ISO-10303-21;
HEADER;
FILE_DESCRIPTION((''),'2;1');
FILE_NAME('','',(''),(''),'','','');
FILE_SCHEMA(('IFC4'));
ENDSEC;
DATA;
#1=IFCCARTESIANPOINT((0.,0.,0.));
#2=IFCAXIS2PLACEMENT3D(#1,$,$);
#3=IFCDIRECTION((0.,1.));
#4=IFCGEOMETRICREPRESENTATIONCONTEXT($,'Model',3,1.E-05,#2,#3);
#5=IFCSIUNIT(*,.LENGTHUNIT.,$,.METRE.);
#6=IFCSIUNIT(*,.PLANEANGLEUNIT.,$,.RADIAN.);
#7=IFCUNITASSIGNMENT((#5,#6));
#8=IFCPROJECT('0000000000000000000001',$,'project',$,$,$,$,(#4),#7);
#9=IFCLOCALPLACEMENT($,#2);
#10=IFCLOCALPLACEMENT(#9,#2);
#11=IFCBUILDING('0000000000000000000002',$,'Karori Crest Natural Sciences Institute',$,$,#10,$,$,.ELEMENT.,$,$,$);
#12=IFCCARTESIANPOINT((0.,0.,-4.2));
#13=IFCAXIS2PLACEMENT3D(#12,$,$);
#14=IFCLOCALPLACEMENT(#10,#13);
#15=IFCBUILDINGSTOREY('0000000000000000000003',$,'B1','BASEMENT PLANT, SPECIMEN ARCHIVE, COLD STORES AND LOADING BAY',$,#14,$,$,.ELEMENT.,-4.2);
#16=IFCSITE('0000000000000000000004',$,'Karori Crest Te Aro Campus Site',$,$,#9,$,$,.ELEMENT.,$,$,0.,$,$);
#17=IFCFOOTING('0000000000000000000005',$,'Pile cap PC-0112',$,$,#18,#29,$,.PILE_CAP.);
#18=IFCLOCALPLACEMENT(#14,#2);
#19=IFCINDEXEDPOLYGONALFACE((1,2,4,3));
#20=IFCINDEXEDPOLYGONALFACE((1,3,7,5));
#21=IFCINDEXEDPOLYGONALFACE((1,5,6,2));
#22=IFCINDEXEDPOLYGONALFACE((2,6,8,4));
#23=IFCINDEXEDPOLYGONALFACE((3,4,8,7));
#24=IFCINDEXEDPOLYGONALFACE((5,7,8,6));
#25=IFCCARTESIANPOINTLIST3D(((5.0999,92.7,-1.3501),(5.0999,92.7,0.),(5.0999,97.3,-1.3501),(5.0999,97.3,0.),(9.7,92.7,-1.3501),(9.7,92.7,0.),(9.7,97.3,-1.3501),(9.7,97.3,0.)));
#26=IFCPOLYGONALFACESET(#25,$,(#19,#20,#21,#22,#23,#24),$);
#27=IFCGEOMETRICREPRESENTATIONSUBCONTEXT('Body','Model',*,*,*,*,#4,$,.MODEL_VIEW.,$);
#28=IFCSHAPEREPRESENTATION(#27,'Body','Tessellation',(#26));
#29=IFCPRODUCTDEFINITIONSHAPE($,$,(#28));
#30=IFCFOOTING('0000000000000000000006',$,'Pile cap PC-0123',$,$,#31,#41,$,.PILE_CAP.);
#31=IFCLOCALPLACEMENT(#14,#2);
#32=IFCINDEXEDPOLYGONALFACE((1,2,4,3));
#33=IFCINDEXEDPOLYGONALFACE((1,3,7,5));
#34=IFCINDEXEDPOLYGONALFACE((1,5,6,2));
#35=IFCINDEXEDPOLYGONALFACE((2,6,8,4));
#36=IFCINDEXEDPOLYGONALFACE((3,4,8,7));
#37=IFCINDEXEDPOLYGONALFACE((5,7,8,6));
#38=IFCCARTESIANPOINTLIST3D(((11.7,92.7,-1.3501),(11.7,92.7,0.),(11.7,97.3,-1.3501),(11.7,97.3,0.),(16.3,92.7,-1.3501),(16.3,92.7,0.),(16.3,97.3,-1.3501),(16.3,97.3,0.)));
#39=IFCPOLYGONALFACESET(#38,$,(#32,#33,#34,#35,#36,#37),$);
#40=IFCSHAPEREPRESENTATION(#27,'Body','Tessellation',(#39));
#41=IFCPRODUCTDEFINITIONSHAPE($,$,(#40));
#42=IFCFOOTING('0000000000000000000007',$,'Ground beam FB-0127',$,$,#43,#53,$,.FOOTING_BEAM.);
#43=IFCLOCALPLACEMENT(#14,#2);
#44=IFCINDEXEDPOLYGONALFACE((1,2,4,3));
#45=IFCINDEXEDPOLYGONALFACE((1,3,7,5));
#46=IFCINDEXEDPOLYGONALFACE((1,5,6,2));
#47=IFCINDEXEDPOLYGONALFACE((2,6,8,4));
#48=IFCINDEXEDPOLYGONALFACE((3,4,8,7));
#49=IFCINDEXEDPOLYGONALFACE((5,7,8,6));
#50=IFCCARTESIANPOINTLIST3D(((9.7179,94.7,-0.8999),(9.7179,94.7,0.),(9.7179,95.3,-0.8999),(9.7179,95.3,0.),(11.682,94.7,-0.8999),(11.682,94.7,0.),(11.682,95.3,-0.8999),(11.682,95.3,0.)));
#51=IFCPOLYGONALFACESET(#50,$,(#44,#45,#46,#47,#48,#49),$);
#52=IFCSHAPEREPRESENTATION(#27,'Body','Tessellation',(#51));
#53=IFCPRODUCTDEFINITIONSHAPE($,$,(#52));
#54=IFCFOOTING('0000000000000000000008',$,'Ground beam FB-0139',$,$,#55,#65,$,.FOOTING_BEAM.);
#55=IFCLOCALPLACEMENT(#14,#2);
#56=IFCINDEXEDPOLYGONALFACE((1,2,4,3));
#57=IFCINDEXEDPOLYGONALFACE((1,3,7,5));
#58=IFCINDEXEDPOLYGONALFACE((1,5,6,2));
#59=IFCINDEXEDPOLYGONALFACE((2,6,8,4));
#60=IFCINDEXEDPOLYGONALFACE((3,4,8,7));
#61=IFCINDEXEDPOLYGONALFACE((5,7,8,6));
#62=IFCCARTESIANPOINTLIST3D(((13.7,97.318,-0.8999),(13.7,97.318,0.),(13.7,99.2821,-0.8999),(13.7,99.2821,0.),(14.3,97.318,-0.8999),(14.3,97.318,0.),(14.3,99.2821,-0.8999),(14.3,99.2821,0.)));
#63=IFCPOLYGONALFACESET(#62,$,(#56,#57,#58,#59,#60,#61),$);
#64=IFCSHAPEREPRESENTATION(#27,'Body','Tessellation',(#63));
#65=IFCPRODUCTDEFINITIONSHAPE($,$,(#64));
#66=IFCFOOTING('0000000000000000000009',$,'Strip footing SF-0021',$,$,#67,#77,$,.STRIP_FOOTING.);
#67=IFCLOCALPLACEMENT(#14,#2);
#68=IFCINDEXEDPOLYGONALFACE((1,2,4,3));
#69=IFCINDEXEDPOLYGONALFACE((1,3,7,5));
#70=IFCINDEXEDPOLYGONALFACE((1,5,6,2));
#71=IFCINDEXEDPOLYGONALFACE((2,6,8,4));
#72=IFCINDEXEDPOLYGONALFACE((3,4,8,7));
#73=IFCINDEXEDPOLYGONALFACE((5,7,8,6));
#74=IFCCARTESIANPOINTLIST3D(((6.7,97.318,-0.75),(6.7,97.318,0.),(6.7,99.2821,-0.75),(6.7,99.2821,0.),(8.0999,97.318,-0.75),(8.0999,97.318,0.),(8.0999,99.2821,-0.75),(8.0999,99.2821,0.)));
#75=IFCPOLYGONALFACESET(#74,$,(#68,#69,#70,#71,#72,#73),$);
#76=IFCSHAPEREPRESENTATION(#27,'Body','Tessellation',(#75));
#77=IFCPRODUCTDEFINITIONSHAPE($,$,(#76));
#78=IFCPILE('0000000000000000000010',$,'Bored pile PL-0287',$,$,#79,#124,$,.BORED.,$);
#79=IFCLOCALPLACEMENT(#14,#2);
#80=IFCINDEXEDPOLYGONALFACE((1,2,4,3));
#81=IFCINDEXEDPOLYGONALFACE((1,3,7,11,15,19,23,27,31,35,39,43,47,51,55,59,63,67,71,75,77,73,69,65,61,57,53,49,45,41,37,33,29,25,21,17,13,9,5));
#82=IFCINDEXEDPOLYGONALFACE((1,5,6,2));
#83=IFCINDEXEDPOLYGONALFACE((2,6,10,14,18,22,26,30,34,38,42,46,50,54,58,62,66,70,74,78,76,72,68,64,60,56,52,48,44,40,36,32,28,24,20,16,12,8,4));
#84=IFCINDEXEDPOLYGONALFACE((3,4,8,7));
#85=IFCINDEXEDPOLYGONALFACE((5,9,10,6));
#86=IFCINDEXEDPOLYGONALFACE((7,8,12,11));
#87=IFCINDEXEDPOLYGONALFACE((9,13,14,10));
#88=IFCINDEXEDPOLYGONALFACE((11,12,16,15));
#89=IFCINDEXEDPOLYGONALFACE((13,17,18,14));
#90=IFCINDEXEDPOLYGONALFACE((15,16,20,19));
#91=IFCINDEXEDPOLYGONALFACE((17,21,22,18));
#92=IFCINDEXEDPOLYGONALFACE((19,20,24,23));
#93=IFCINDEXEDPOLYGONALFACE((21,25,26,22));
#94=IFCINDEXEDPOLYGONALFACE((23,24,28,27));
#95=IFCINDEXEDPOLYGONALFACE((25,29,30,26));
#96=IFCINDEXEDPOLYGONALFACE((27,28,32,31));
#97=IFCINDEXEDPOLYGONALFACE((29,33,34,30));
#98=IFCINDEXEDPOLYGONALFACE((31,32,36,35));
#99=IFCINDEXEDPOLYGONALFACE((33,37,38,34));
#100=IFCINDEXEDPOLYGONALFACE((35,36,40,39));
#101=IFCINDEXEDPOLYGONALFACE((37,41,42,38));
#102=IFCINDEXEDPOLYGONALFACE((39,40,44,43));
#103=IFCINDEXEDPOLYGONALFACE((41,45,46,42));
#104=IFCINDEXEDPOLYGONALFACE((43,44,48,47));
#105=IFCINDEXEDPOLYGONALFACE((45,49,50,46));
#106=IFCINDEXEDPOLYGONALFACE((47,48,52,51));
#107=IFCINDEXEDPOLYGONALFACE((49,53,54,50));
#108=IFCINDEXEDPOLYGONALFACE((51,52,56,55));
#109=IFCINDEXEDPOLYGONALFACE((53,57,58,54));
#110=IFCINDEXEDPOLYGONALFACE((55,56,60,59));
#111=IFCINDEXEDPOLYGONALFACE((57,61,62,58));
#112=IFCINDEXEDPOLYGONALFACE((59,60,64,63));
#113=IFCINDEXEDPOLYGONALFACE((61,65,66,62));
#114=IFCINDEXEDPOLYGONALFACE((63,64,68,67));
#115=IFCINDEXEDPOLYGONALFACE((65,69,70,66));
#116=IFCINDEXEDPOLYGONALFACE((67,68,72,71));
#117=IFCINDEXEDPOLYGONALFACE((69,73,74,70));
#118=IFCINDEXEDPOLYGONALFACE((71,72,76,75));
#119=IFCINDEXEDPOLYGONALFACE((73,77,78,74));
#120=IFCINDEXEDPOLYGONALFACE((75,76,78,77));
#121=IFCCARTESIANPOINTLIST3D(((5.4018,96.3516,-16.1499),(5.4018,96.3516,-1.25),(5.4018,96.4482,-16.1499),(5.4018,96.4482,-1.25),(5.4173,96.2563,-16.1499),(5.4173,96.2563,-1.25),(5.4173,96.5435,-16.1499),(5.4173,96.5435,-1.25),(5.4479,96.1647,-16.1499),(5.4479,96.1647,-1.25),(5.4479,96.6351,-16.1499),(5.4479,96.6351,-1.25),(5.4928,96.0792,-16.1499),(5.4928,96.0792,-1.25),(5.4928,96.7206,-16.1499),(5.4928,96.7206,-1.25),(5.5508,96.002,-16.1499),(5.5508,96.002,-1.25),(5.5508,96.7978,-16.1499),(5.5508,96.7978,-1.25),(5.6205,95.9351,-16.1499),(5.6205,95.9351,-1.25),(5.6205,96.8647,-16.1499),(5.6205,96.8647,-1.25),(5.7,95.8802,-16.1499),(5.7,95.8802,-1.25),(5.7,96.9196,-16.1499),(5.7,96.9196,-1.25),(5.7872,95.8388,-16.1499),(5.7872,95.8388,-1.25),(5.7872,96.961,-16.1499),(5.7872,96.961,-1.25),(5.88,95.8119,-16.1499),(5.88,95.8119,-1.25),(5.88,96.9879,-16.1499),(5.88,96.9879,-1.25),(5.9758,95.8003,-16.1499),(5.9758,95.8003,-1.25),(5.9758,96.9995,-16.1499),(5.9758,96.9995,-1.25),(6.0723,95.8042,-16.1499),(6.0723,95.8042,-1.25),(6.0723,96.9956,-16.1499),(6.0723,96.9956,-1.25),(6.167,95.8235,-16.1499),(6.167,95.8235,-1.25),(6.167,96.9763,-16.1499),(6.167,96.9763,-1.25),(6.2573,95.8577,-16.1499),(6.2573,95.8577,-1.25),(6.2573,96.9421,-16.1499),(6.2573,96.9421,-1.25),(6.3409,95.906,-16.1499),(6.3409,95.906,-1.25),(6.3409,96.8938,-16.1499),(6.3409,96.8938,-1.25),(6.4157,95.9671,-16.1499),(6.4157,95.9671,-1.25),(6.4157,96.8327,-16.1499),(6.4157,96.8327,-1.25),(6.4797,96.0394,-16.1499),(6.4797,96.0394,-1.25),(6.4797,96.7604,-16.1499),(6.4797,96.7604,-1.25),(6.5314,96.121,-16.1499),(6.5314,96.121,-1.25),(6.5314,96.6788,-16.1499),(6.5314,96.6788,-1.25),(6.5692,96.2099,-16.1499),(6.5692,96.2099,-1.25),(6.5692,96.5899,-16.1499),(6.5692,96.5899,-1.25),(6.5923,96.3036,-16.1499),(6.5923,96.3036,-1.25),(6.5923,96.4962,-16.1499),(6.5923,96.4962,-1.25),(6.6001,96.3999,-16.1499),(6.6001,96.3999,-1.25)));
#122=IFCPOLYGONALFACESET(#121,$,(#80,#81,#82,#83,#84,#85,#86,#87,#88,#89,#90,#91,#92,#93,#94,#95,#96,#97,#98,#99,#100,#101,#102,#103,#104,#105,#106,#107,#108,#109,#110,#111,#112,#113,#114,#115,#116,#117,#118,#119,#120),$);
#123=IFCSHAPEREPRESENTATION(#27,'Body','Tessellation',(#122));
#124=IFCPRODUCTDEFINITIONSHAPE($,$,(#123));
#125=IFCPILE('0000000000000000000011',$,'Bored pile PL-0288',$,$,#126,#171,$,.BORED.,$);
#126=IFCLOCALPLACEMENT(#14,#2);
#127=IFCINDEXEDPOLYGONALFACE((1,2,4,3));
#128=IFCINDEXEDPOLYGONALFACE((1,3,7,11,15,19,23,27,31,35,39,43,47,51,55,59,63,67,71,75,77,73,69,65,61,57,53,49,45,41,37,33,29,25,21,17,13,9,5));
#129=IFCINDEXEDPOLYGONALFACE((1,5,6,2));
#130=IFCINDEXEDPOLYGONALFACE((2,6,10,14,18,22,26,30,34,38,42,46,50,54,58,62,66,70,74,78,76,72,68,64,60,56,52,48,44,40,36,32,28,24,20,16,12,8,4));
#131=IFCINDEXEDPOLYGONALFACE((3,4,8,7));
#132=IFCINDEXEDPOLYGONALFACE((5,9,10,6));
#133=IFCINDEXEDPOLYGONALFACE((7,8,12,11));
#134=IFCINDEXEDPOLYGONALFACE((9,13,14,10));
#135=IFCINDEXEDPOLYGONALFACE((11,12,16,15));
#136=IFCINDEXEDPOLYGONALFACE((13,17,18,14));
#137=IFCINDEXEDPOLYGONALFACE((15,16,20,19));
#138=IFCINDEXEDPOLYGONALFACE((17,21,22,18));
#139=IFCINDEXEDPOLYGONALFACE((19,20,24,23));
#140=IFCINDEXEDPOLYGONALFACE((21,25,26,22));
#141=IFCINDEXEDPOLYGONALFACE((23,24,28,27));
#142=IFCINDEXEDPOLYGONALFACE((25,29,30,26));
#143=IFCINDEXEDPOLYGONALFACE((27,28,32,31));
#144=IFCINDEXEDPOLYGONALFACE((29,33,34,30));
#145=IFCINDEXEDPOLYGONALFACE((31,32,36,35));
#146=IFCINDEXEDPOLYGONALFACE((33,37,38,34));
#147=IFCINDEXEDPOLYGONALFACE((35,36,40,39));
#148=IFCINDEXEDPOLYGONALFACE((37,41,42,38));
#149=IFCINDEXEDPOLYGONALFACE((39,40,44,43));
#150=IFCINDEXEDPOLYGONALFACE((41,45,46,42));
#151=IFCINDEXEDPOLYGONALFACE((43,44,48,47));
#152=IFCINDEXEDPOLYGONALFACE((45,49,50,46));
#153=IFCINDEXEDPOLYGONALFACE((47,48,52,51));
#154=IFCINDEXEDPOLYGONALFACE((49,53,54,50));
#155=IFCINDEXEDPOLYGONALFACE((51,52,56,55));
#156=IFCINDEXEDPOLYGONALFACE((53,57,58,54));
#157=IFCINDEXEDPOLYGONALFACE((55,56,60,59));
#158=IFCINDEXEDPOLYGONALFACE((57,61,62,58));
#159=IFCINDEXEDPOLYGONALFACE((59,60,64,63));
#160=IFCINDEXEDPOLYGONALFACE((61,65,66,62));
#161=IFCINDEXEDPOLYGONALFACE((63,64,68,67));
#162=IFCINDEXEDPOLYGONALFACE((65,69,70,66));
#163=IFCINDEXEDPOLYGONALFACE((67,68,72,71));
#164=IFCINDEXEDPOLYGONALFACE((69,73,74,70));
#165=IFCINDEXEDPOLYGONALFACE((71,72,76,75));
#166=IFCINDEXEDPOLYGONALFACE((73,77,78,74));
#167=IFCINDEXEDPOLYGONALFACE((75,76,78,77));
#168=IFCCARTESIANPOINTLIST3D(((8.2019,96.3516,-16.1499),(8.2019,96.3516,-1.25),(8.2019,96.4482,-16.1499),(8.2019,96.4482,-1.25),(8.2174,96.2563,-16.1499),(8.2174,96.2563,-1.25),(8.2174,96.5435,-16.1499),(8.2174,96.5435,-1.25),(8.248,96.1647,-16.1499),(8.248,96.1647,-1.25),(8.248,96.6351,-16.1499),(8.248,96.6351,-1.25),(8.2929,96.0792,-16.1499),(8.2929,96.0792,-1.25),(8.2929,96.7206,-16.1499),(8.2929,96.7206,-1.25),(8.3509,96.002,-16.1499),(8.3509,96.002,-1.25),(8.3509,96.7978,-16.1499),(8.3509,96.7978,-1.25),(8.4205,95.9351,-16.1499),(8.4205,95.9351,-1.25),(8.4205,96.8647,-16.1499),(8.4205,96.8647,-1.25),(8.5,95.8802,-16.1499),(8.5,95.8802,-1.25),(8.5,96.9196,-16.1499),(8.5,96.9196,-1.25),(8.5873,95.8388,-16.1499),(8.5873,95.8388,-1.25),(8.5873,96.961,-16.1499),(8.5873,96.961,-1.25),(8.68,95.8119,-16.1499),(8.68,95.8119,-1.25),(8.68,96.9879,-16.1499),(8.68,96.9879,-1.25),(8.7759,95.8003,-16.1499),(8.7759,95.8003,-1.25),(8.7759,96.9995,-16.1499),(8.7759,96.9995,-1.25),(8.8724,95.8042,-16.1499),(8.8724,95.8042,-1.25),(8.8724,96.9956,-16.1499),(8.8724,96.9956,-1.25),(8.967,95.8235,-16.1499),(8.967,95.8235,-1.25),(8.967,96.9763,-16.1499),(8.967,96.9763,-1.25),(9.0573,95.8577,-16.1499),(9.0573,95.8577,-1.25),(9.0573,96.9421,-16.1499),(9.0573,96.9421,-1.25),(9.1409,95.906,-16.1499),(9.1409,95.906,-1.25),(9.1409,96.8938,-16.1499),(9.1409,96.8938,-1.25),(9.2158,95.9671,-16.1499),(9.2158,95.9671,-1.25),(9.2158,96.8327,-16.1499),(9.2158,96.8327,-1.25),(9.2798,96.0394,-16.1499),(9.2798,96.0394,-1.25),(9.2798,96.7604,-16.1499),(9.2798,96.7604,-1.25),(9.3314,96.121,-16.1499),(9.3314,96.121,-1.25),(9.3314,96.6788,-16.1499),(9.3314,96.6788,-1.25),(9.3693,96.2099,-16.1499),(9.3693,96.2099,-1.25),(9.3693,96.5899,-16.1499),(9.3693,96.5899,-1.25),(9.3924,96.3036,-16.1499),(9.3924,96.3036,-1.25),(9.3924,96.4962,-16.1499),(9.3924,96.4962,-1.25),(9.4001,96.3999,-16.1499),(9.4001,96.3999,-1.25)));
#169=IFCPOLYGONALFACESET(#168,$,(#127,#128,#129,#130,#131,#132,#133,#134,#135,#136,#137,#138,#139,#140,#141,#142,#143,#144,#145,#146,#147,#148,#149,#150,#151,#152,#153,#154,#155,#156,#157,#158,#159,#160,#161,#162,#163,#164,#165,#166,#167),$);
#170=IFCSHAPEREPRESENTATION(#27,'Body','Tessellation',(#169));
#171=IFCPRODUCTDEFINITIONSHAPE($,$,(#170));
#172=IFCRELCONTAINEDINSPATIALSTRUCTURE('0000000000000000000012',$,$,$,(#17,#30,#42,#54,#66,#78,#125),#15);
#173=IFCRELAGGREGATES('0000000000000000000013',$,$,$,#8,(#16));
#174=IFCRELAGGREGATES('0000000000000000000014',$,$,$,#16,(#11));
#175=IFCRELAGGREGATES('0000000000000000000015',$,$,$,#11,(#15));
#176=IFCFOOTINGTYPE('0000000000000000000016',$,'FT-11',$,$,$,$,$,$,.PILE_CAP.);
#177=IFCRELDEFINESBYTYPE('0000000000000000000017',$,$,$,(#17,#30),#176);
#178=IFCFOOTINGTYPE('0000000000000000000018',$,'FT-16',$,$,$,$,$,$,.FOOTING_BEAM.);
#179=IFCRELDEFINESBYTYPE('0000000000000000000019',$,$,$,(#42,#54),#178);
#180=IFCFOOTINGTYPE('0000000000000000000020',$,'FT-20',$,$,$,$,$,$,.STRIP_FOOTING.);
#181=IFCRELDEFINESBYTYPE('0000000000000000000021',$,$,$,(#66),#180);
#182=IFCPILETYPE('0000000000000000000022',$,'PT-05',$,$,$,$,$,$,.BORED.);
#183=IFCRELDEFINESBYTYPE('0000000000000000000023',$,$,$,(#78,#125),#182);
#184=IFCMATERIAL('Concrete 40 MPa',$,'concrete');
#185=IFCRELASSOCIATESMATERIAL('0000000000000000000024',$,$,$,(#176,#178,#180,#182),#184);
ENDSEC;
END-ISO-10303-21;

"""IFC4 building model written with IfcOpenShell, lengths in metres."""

from ifc_helpers import new_model, si_unit, direction, frame, origin, origin_2d, place, context, subcontext, project, spatial, rectangle, circle, extrude, material, material_profile, profile_set, type_object, element, save


model = new_model("IFC4")

# Units and contexts
model_context = context("Model", 3, precision=1e-05, world=origin(), true_north=direction((0.0, 1.0)))
body_context = subcontext(model_context, "Body", "Model", "MODEL_VIEW")
ifc_project = project(units=[si_unit("LENGTHUNIT", "METRE"), si_unit("PLANEANGLEUNIT", "RADIAN")], contexts=[model_context])

# Site, building, storey
site_placement = place(None, origin())
site = spatial("IfcSite", under=ifc_project, at=site_placement, Name="Karori Crest Te Aro Campus Site", CompositionType="ELEMENT", RefElevation=0.0)
building_placement = place(site_placement, origin())
building = spatial("IfcBuilding", under=site, at=building_placement, Name="Karori Crest Natural Sciences Institute", CompositionType="ELEMENT")
storey_placement = place(building_placement, frame((0.0, 0.0, -4.2)))
storey = spatial("IfcBuildingStorey", under=building, at=storey_placement, Name="B1", Description="BASEMENT PLANT, SPECIMEN ARCHIVE, COLD STORES AND LOADING BAY", CompositionType="ELEMENT", Elevation=-4.2)

# Footings
ifc_material_1 = material(Name="Concrete 40 MPa", Category="concrete")
footing_type_1 = type_object("IfcFootingType", Name="FT-11", PredefinedType="PILE_CAP", material=ifc_material_1)
for number, where, z_axis, x_axis, name in (
    (1, (7.3999, 95.0, -1.3501), (0.0, 0.0, 1.0), (1.0, 0.0, 0.0), "Pile cap PC-0112"),
    (2, (14.0, 95.0, -1.3501), (0.0, 0.0, 1.0), (1.0, 0.0, 0.0), "Pile cap PC-0123"),
):
    element("IfcFooting", number, at=place(storey_placement, frame(where, z_axis=z_axis, x_axis=x_axis)), inside=storey, type_object=footing_type_1, Name=name, PredefinedType="PILE_CAP", context=body_context, shape_type="SweptSolid", body=[
        extrude(rectangle(XDim=4.6001, YDim=4.6001, at=origin_2d()), origin(), (0.0, 0.0, 1.0), 1.3501),
    ])
footing_type_2 = type_object("IfcFootingType", Name="FT-16", PredefinedType="FOOTING_BEAM", material=ifc_material_1)
for number, where, z_axis, x_axis, name in (
    (3, (10.7, 95.0, -0.8999), (0.0, 0.0, 1.0), (1.0, 0.0, 0.0), "Ground beam FB-0127"),
    (4, (14.0, 98.3, -0.8999), (0.0, 0.0, 1.0), (0.0, 1.0, 0.0), "Ground beam FB-0139"),
):
    element("IfcFooting", number, at=place(storey_placement, frame(where, z_axis=z_axis, x_axis=x_axis)), inside=storey, type_object=footing_type_2, Name=name, PredefinedType="FOOTING_BEAM", context=body_context, shape_type="SweptSolid", body=[
        extrude(rectangle(XDim=1.9641, YDim=0.6001, at=origin_2d()), origin(), (0.0, 0.0, 1.0), 0.8999),
    ])
footing_type_3 = type_object("IfcFootingType", Name="FT-20", PredefinedType="STRIP_FOOTING", material=ifc_material_1)
footing_placement = place(storey_placement, frame((7.3999, 98.3, -0.75), z_axis=(0.0, 0.0, 1.0), x_axis=(0.0, 1.0, 0.0)))
element("IfcFooting", 5, at=footing_placement, inside=storey, type_object=footing_type_3, Name="Strip footing SF-0021", PredefinedType="STRIP_FOOTING", context=body_context, shape_type="SweptSolid", body=[
    extrude(rectangle(XDim=1.9641, YDim=1.3999, at=origin_2d()), origin(), (0.0, 0.0, 1.0), 0.75),
])

# Piles
ifc_material_profile_1 = material_profile(ifc_material_1, circle(Radius=0.6001, at=origin_2d()), Name="PILE1200")
ifc_profile_set_1 = profile_set([ifc_material_profile_1], Name="Concrete 40 MPa")
pile_type = type_object("IfcPileType", Name="PT-05", PredefinedType="BORED", material=ifc_profile_set_1)
for number, where, z_axis, x_axis, name in (
    (6, (6.0, 96.3999, -1.25), (0.0, 0.0, -1.0), (1.0, 0.0, 0.0), "Bored pile PL-0287"),
    (7, (8.8, 96.3999, -1.25), (0.0, 0.0, -1.0), (1.0, 0.0, 0.0), "Bored pile PL-0288"),
):
    element("IfcPile", number, at=place(storey_placement, frame(where, z_axis=z_axis, x_axis=x_axis)), inside=storey, type_object=pile_type, Name=name, PredefinedType="BORED", context=body_context, shape_type="SweptSolid", body=[
        extrude(circle(Radius=0.6001, at=origin_2d()), origin(), (0.0, 0.0, 1.0), 14.8999),
    ])

save(model, "model.ifc")
